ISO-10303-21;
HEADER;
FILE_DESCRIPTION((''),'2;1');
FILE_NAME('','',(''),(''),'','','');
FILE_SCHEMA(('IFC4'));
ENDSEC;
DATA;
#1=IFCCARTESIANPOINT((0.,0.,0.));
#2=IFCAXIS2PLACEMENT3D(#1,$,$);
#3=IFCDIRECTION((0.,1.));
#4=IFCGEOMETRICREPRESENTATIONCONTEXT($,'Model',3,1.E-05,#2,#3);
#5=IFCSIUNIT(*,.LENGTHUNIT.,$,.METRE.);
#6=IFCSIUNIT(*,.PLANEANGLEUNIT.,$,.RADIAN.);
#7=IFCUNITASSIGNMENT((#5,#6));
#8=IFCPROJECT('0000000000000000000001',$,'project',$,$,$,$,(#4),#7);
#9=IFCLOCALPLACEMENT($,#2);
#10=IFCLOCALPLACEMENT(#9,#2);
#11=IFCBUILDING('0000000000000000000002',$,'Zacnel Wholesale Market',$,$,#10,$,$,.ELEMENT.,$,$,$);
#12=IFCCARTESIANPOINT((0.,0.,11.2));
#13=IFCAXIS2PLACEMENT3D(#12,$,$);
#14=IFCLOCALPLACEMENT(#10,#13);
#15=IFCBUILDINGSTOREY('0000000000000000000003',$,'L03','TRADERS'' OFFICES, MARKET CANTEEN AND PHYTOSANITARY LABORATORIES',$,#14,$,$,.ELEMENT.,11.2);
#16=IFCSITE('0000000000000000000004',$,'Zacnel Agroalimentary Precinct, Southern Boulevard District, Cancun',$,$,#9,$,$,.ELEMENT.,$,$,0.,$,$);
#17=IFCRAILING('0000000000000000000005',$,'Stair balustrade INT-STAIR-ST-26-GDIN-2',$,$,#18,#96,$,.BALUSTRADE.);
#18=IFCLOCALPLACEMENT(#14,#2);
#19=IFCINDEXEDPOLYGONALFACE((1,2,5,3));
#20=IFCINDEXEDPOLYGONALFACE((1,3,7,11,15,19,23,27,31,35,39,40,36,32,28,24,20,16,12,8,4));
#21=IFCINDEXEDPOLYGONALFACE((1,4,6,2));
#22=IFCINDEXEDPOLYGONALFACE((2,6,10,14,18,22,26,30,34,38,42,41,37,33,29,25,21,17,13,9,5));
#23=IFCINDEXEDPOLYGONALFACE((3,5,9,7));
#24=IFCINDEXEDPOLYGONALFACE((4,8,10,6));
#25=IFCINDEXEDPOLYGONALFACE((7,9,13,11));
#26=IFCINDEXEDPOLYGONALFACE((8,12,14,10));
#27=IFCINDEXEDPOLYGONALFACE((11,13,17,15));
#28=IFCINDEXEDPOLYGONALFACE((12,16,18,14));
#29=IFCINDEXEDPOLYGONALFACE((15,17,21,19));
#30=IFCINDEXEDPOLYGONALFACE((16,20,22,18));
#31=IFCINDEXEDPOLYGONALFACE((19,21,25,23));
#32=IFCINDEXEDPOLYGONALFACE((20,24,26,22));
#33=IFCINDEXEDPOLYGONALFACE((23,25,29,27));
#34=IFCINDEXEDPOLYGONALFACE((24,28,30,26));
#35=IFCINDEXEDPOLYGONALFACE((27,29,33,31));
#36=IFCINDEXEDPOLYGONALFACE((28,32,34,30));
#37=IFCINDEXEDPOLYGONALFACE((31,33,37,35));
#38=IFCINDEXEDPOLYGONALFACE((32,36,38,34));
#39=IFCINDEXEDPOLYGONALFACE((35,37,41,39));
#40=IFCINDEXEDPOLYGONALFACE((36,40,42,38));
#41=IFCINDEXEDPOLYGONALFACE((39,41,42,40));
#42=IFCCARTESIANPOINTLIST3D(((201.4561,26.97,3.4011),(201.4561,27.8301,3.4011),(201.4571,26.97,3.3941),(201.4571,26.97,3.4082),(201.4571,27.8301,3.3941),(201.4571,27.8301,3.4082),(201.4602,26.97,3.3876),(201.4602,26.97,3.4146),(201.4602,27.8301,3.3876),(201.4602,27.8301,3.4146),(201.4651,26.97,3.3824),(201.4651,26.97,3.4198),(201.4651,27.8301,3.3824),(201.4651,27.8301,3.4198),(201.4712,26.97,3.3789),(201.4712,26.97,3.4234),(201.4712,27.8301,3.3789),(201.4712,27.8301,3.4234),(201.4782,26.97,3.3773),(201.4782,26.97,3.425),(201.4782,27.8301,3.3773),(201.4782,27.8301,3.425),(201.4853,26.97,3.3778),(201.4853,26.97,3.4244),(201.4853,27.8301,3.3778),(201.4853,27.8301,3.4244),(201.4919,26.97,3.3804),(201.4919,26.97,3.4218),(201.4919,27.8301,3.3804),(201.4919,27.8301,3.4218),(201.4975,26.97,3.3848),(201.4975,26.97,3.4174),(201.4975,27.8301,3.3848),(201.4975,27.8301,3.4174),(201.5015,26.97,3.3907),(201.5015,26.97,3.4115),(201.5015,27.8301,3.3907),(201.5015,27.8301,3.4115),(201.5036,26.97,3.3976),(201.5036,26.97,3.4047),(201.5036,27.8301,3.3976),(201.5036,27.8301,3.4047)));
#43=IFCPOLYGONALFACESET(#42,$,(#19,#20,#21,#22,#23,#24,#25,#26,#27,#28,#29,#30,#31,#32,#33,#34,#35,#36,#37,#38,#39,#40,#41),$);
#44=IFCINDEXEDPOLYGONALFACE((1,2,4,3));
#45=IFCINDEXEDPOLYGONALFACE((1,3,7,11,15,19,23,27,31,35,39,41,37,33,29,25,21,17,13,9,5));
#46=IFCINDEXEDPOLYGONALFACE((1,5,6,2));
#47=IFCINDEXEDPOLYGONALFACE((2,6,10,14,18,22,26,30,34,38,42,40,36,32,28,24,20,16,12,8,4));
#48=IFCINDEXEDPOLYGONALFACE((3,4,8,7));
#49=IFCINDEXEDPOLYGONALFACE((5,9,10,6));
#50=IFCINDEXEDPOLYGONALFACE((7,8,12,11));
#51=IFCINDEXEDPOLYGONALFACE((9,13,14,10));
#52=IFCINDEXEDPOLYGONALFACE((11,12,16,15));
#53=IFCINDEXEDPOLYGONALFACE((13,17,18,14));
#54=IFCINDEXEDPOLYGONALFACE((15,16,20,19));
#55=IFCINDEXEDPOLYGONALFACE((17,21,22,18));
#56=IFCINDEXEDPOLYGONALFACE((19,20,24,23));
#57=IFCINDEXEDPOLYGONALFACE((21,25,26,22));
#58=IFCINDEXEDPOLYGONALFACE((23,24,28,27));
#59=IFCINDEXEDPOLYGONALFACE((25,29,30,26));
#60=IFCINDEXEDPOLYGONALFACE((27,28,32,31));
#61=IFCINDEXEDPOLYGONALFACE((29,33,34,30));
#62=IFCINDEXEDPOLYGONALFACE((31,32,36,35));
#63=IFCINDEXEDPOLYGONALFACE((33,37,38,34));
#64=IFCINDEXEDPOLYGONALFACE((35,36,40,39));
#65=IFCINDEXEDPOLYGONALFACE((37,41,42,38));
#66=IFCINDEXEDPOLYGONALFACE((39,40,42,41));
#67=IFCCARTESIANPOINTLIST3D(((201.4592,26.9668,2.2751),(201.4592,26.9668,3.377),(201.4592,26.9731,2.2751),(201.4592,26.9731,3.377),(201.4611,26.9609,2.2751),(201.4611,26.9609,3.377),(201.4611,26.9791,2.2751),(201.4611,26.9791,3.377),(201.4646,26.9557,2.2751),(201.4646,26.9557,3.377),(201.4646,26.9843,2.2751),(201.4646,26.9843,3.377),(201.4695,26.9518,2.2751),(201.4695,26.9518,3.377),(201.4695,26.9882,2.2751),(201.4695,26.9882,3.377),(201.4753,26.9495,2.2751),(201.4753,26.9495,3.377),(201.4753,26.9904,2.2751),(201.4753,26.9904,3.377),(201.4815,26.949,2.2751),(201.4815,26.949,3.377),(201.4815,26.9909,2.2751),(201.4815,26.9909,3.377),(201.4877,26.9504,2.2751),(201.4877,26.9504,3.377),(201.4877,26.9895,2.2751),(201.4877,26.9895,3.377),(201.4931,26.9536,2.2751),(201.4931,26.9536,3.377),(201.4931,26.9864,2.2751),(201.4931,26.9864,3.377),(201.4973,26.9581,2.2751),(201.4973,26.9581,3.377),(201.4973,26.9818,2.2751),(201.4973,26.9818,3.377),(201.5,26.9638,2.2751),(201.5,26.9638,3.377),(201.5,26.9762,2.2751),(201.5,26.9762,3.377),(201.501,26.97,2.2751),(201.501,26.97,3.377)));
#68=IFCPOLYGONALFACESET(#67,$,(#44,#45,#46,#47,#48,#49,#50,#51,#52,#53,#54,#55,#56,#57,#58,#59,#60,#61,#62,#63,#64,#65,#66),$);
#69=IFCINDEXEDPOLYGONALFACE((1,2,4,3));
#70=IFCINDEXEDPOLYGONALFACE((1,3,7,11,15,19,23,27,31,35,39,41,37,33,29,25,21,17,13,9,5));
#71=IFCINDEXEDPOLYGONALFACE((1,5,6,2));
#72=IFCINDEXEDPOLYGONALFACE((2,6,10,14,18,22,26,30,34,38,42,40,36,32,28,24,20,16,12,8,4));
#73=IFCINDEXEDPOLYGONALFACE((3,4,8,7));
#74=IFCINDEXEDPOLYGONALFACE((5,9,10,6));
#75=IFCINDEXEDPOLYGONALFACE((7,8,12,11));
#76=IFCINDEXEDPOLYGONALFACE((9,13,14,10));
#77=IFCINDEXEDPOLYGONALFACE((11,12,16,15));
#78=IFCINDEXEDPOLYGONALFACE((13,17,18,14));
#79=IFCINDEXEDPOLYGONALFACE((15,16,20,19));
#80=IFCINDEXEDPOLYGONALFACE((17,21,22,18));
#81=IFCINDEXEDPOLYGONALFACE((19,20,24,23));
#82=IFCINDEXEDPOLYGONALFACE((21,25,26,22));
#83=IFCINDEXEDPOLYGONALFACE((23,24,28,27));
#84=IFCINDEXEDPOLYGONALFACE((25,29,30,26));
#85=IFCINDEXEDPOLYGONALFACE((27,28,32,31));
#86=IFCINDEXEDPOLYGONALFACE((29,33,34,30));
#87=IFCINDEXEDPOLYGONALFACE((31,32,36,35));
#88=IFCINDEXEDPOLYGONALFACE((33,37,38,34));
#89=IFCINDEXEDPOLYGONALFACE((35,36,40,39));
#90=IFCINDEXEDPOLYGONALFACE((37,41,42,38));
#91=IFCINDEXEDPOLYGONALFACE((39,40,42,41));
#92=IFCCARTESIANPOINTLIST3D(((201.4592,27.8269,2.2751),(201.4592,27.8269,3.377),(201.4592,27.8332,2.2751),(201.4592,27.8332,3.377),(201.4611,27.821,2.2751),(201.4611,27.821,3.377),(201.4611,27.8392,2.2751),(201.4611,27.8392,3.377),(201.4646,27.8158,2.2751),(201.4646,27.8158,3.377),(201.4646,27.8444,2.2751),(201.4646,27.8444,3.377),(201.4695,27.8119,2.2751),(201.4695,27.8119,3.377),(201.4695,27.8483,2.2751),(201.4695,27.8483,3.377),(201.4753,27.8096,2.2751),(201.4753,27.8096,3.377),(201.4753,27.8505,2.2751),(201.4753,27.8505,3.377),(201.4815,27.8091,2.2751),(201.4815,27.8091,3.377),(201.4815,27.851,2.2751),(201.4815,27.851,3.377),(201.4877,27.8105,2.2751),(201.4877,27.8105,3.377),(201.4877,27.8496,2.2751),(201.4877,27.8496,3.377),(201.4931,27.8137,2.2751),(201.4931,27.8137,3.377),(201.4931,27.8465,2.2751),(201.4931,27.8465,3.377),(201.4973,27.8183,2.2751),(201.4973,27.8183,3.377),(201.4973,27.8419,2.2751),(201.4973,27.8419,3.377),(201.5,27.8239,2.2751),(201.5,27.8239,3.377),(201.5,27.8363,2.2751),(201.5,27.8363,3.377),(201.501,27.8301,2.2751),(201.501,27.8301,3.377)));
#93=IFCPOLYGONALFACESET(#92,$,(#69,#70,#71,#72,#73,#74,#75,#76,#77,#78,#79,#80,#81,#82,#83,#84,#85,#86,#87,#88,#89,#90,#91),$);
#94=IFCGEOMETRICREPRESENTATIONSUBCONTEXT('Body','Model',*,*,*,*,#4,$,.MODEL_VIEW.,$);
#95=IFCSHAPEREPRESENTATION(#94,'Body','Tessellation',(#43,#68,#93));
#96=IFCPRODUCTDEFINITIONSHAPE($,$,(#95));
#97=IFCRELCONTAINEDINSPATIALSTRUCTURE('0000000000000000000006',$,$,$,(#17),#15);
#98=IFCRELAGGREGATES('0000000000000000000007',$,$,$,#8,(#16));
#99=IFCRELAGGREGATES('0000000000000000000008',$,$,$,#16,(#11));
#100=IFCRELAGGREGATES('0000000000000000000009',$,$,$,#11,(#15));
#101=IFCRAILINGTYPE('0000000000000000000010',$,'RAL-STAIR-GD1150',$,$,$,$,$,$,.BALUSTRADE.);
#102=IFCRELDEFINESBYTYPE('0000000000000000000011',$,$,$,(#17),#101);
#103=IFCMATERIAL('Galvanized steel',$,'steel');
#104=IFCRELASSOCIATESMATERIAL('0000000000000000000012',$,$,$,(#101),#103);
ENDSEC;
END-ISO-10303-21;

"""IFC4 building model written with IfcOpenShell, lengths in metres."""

from ifc_helpers import new_model, si_unit, direction, frame, origin, origin_2d, place, context, subcontext, project, spatial, circle, extrude, material, type_object, element, save


model = new_model("IFC4")

# Units and contexts
model_context = context("Model", 3, precision=1e-05, world=origin(), true_north=direction((0.0, 1.0)))
body_context = subcontext(model_context, "Body", "Model", "MODEL_VIEW")
ifc_project = project(units=[si_unit("LENGTHUNIT", "METRE"), si_unit("PLANEANGLEUNIT", "RADIAN")], contexts=[model_context])

# Site, building, storey
site_placement = place(None, origin())
site = spatial("IfcSite", under=ifc_project, at=site_placement, Name="Zacnel Agroalimentary Precinct, Southern Boulevard District, Cancun", CompositionType="ELEMENT", RefElevation=0.0)
building_placement = place(site_placement, origin())
building = spatial("IfcBuilding", under=site, at=building_placement, Name="Zacnel Wholesale Market", CompositionType="ELEMENT")
storey_placement = place(building_placement, frame((0.0, 0.0, 11.2)))
storey = spatial("IfcBuildingStorey", under=building, at=storey_placement, Name="L03", Description="TRADERS' OFFICES, MARKET CANTEEN AND PHYTOSANITARY LABORATORIES", CompositionType="ELEMENT", Elevation=11.2)

# Railing
ifc_material_1 = material(Name="Galvanized steel", Category="steel")
railing_type = type_object("IfcRailingType", Name="RAL-STAIR-GD1150", PredefinedType="BALUSTRADE", material=ifc_material_1)
railing_1_placement = place(storey_placement, frame((201.48, 26.97, 2.2751)))
element("IfcRailing", 1, at=railing_1_placement, inside=storey, type_object=railing_type, Name="Stair balustrade INT-STAIR-ST-26-GDIN-2", PredefinedType="BALUSTRADE", context=body_context, shape_type="SweptSolid", body=[
    extrude(circle(Radius=0.0239, at=origin_2d()), frame((0.0, 0.0, 1.126), z_axis=(0.0, 1.0, 0.0), x_axis=(-1.0, 0.0, 0.0)), (0.0, 0.0, 1.0), 0.8601),
    extrude(circle(Radius=0.021, at=origin_2d()), origin(), (0.0, 0.0, 1.0), 1.1018),
    extrude(circle(Radius=0.021, at=origin_2d()), frame((0.0, 0.8601, 0.0)), (0.0, 0.0, 1.0), 1.1018),
])

save(model, "model.ifc")
